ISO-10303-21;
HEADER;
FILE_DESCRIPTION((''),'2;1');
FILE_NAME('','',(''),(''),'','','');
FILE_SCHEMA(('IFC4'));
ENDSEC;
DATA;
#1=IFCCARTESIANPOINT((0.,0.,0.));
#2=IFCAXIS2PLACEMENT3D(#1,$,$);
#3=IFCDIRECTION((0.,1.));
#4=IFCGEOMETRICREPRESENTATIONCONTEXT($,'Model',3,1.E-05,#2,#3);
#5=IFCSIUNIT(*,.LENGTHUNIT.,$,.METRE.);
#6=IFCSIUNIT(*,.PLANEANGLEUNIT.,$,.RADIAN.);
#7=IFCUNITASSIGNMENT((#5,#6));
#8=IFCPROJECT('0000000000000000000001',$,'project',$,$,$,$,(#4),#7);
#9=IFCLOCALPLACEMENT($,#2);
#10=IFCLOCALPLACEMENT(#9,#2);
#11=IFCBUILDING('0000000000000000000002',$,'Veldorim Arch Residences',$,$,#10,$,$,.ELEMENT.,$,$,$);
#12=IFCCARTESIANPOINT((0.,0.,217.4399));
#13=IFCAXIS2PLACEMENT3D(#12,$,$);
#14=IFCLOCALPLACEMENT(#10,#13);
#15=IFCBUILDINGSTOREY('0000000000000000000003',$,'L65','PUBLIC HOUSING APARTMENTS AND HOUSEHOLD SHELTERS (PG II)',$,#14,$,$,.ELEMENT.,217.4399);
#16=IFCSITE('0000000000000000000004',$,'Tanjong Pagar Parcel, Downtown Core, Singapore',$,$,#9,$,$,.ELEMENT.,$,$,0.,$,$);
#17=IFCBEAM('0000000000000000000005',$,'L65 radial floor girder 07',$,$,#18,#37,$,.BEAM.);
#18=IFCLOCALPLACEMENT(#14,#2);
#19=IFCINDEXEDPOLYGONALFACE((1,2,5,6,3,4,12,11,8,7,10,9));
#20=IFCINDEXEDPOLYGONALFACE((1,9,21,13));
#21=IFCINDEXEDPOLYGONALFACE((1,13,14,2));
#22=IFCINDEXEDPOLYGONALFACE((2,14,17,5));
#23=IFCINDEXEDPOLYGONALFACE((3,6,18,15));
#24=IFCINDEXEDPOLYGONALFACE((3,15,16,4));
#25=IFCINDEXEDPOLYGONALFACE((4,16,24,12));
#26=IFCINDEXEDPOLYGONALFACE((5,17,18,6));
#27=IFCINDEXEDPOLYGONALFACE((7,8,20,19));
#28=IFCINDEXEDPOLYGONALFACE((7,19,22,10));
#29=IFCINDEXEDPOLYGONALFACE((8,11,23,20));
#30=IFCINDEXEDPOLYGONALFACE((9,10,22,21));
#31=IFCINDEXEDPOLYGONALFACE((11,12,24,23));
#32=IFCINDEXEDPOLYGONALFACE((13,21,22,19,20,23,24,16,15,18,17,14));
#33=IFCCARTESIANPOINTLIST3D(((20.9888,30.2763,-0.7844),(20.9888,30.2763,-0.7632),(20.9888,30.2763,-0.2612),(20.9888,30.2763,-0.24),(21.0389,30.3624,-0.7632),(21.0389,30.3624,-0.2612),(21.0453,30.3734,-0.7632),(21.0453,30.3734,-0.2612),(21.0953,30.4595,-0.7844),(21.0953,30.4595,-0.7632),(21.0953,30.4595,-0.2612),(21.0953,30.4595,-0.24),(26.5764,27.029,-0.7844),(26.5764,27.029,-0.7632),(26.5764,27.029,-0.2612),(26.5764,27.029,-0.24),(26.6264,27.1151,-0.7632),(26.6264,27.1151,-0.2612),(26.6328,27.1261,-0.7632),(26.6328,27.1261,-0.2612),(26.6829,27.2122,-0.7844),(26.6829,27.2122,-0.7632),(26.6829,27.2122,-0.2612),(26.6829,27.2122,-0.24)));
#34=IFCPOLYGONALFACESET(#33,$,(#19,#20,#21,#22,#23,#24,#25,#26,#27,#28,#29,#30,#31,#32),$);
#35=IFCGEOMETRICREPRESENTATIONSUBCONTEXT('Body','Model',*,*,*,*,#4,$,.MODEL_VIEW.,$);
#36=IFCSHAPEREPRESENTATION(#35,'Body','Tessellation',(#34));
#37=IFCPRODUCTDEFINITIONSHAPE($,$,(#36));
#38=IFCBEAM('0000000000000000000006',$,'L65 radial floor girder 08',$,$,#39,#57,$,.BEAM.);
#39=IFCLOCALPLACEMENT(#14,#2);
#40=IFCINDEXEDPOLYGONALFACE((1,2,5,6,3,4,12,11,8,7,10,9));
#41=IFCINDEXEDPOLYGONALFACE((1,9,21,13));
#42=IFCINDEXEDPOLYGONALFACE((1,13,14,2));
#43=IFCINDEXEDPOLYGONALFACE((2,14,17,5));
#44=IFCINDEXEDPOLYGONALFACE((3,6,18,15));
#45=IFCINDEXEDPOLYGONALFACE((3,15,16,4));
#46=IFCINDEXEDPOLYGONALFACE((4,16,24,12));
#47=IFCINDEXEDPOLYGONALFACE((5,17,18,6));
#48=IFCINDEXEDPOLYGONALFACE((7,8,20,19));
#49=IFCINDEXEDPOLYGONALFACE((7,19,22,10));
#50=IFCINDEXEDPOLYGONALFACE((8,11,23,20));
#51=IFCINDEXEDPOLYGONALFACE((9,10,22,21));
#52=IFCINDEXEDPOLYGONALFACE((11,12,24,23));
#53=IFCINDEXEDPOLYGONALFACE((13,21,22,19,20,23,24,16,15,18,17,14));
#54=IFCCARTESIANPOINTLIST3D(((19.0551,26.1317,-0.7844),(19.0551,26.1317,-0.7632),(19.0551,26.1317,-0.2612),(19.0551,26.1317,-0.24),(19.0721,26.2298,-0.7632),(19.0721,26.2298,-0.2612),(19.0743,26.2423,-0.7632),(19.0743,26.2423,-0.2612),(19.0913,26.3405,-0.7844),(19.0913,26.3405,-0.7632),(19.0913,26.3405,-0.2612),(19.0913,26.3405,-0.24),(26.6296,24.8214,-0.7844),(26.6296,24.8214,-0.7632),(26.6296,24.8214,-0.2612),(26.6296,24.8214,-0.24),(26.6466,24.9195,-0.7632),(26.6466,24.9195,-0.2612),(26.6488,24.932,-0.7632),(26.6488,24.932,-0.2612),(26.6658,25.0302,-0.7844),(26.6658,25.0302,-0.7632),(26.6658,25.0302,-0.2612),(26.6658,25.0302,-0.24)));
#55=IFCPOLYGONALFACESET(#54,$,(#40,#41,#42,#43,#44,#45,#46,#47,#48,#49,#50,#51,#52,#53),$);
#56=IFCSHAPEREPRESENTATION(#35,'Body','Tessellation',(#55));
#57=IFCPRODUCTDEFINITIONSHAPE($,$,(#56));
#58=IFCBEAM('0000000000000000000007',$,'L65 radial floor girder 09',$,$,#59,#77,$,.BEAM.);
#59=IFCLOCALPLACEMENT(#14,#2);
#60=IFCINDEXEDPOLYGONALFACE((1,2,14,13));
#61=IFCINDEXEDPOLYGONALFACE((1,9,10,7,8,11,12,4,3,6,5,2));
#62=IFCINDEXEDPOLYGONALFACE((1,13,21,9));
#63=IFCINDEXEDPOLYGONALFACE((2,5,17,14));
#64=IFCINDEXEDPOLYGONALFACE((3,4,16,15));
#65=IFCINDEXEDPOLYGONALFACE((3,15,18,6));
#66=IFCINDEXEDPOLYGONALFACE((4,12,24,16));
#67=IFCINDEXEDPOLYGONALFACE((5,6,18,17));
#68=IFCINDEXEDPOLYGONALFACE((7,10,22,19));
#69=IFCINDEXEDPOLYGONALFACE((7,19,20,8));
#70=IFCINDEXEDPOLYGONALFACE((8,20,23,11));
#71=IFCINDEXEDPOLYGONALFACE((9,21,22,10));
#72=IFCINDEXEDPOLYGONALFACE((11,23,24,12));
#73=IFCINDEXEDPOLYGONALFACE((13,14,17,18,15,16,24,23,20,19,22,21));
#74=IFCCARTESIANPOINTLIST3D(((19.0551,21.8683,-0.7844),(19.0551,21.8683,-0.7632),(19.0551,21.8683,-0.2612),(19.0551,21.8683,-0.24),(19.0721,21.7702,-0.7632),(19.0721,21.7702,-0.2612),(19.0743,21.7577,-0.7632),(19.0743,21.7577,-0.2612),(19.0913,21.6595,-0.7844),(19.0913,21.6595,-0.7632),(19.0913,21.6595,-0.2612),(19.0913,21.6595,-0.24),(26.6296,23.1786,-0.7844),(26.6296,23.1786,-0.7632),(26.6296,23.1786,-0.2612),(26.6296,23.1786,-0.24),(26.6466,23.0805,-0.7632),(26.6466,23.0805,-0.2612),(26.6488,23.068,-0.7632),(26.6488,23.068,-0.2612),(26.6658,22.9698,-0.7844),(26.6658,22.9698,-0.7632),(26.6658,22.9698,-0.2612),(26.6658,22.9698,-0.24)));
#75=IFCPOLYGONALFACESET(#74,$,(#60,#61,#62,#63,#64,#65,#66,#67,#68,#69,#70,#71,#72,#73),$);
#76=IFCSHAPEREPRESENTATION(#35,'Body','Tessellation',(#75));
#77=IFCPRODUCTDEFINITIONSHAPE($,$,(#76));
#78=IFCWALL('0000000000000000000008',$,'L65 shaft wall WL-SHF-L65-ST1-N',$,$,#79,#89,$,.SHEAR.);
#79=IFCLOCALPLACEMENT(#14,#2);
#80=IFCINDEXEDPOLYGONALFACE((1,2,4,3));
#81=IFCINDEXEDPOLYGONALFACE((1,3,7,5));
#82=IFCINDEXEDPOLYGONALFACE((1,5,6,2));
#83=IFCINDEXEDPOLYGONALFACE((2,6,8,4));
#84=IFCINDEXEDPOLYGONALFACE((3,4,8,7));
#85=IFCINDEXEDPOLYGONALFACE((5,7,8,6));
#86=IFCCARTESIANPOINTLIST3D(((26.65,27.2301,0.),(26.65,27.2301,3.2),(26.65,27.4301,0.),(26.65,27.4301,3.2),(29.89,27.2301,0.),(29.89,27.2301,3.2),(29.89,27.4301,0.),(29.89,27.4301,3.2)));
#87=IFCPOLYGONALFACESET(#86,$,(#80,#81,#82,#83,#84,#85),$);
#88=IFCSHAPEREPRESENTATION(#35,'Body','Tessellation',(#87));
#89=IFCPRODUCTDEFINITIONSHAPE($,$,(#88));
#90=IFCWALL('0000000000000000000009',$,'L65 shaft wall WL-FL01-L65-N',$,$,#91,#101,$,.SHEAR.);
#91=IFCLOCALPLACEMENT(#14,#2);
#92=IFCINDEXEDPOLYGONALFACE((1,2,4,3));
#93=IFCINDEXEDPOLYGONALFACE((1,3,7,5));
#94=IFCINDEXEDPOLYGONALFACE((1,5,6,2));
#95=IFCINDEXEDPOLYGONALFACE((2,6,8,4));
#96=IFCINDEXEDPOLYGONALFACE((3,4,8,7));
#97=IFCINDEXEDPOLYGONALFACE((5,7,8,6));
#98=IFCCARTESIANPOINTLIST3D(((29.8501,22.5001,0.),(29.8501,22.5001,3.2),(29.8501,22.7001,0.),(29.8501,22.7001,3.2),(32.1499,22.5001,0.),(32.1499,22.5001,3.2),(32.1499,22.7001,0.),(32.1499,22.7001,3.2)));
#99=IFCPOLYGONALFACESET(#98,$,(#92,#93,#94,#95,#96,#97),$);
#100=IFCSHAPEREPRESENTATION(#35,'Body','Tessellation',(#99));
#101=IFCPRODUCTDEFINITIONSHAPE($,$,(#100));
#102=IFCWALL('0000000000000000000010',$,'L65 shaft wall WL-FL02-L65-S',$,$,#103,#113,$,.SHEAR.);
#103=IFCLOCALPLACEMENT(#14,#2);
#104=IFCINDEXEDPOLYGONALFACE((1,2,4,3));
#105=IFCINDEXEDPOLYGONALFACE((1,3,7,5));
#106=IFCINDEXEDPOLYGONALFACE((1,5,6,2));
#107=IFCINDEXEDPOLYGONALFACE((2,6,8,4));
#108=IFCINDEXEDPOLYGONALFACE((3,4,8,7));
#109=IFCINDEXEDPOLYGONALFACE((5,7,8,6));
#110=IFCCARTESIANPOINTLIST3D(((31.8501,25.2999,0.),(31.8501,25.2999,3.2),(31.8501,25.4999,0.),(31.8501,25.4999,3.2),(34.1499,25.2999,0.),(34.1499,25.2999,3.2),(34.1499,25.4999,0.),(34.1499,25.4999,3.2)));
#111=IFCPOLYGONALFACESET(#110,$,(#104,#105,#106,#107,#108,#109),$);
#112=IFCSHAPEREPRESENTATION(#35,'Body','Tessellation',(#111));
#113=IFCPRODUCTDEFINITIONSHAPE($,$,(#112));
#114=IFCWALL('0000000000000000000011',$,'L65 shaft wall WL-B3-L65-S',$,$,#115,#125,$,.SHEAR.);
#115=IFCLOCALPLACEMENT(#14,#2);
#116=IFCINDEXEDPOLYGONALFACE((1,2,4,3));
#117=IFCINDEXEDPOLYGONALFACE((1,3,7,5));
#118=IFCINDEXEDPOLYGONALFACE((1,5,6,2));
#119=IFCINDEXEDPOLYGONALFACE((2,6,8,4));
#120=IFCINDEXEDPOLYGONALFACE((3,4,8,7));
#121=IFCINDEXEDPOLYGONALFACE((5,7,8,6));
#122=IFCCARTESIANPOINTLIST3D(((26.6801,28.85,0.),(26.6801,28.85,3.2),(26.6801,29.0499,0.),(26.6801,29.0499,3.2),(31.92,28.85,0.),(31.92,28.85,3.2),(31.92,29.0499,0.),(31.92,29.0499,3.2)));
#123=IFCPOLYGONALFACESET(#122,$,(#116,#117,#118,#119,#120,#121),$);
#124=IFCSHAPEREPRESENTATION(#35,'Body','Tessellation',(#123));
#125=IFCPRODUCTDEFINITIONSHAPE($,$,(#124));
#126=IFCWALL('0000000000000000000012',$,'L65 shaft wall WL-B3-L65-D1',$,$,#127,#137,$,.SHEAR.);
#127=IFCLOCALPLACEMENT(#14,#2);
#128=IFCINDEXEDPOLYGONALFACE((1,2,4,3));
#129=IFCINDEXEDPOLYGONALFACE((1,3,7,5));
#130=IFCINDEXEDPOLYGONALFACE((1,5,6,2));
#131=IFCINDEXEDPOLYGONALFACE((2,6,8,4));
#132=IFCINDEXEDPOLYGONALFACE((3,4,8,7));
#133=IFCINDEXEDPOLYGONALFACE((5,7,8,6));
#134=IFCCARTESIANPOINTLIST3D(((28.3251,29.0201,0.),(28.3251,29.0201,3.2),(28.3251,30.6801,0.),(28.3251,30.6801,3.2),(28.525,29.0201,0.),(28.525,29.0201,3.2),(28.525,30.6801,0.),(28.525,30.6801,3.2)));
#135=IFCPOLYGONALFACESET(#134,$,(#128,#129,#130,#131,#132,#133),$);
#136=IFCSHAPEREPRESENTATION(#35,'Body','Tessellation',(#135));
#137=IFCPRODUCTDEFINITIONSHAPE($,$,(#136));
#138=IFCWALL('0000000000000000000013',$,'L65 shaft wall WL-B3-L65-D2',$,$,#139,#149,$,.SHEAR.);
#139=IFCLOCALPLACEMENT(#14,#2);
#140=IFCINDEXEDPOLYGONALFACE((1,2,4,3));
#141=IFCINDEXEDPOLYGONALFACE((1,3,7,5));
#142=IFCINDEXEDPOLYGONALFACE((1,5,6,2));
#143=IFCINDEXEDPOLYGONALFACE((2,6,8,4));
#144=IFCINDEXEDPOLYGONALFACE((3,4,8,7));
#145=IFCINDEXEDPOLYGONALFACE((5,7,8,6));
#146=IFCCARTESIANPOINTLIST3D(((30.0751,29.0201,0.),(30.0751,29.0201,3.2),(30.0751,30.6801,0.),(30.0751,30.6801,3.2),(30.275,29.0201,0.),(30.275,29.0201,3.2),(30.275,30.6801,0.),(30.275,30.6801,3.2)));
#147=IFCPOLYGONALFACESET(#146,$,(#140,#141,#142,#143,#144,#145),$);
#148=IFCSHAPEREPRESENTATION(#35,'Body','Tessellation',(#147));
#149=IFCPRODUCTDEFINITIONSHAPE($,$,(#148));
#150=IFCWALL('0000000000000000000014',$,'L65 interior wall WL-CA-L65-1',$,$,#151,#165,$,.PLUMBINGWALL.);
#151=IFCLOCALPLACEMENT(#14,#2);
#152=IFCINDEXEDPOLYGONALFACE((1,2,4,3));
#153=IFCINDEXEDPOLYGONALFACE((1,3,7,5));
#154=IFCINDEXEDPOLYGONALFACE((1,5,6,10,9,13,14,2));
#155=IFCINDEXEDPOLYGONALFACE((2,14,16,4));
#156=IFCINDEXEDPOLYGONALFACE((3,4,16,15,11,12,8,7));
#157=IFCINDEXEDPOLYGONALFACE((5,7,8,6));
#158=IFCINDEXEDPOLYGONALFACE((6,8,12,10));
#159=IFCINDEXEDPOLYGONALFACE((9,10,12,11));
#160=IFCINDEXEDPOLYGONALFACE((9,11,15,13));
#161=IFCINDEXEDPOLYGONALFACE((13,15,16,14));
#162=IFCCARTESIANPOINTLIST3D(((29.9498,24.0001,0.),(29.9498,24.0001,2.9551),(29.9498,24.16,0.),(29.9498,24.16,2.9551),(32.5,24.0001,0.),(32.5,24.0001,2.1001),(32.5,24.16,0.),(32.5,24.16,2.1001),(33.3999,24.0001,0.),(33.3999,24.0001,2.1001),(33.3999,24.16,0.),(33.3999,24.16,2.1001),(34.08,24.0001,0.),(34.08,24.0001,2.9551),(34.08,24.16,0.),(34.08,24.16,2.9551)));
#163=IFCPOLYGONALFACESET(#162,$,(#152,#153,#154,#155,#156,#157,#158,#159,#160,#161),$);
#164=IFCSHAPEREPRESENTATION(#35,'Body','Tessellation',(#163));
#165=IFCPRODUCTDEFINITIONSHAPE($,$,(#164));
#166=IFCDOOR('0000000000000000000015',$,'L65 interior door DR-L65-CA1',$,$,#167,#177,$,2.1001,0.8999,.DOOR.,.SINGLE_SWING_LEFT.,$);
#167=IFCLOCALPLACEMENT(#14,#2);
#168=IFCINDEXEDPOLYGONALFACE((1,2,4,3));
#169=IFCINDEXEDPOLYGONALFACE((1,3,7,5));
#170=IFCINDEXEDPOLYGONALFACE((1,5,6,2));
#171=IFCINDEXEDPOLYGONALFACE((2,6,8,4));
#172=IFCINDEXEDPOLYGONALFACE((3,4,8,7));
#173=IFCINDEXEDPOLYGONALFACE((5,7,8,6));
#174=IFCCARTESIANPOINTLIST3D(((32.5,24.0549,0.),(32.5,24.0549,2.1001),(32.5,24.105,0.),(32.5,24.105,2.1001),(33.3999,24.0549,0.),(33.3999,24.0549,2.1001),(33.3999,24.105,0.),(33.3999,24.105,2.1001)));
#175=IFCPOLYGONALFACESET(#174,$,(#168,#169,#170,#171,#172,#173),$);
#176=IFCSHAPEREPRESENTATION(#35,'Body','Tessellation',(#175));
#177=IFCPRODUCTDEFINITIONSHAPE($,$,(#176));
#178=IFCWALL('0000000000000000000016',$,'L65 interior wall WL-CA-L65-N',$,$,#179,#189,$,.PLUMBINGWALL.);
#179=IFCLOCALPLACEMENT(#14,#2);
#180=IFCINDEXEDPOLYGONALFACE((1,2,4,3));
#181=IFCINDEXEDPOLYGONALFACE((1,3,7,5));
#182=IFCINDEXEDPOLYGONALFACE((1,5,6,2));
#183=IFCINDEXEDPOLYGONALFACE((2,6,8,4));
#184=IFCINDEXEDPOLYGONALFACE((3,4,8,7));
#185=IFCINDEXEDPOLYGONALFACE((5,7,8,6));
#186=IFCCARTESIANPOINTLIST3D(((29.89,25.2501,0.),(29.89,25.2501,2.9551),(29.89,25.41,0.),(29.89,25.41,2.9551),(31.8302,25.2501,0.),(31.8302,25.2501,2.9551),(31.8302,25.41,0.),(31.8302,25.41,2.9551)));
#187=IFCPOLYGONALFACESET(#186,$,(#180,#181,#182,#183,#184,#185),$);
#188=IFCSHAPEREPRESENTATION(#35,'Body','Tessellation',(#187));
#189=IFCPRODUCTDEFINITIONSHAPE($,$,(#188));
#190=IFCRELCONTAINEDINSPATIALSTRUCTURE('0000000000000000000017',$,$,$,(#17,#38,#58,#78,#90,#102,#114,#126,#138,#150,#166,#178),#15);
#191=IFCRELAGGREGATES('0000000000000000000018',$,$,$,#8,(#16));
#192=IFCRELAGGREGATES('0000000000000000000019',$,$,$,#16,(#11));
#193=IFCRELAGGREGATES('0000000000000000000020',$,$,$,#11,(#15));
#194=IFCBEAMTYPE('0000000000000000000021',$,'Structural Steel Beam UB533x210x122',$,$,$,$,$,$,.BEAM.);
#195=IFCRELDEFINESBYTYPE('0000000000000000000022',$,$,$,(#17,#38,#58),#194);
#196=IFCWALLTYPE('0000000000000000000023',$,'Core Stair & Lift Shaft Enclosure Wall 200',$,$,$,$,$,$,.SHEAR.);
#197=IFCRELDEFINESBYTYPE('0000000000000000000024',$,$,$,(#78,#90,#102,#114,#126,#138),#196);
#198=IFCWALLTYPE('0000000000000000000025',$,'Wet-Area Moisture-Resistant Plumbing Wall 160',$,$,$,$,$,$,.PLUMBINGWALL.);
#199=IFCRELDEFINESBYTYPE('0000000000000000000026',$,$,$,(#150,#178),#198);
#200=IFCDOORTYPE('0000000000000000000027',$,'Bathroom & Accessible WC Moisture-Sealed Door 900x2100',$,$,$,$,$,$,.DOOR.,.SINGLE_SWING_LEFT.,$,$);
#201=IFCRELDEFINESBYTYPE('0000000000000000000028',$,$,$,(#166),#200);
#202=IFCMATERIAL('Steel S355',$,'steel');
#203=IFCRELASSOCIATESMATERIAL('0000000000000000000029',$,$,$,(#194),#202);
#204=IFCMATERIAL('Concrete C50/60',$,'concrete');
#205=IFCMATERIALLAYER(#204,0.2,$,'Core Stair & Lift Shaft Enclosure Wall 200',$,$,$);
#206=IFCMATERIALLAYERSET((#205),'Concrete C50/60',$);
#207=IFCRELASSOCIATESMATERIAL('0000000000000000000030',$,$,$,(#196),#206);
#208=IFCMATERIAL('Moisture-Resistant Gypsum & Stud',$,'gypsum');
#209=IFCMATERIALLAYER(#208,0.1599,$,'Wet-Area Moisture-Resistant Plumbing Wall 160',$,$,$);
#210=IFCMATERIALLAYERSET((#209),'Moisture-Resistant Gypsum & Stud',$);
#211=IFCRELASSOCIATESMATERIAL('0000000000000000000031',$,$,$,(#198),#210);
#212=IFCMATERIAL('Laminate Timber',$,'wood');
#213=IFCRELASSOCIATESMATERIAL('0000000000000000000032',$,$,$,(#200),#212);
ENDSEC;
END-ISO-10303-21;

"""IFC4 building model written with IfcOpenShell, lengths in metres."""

from ifc_helpers import new_model, si_unit, direction, frame, frame_2d, origin, origin_2d, place, context, subcontext, project, spatial, rectangle, i_section, extrude, material, layer, layer_set, material_profile, profile_set, type_object, element, fill, save


model = new_model("IFC4")

# Units and contexts
model_context = context("Model", 3, precision=1e-05, world=origin(), true_north=direction((0.0, 1.0)))
body_context = subcontext(model_context, "Body", "Model", "MODEL_VIEW")
ifc_project = project(units=[si_unit("LENGTHUNIT", "METRE"), si_unit("PLANEANGLEUNIT", "RADIAN")], contexts=[model_context])

# Site, building, storey
site_placement = place(None, origin())
site = spatial("IfcSite", under=ifc_project, at=site_placement, Name="Tanjong Pagar Parcel, Downtown Core, Singapore", CompositionType="ELEMENT", RefElevation=0.0)
building_placement = place(site_placement, origin())
building = spatial("IfcBuilding", under=site, at=building_placement, Name="Veldorim Arch Residences", CompositionType="ELEMENT")
storey_placement = place(building_placement, frame((0.0, 0.0, 217.4399)))
storey = spatial("IfcBuildingStorey", under=building, at=storey_placement, Name="L65", Description="PUBLIC HOUSING APARTMENTS AND HOUSEHOLD SHELTERS (PG II)", CompositionType="ELEMENT", Elevation=217.4399)

# Beams
ifc_material_1 = material(Name="Steel S355", Category="steel")
ifc_material_profile = material_profile(ifc_material_1, i_section(OverallWidth=0.2119, OverallDepth=0.5444, WebThickness=0.0127, FlangeThickness=0.0212, at=origin_2d()), Name="UB533x210x122")
ifc_profile_set = profile_set([ifc_material_profile], Name="Steel S355")
beam_type = type_object("IfcBeamType", Name="Structural Steel Beam UB533x210x122", PredefinedType="BEAM", material=ifc_profile_set)
beam_placement = place(storey_placement, frame((26.6296, 27.1206, -0.5122), z_axis=(-0.864596, 0.502468, 0.0), x_axis=(-0.502468, -0.864596, 0.0)))
element("IfcBeam", 1, at=beam_placement, inside=storey, type_object=beam_type, Name="L65 radial floor girder 07", PredefinedType="BEAM", context=body_context, shape_type="SweptSolid", body=[
    extrude(i_section(OverallWidth=0.2119, OverallDepth=0.5444, WebThickness=0.0127, FlangeThickness=0.0212, at=origin_2d()), origin(), (0.0, 0.0, 1.0), 6.4626),
])
for number, where, z_axis, x_axis, name in (
    (2, (26.6477, 24.9258, -0.5122), (-0.985365, 0.170458, 0.0), (-0.170458, -0.985365, 0.0), "L65 radial floor girder 08"),
    (3, (26.6477, 23.0742, -0.5122), (-0.985365, -0.170458, 0.0), (0.170458, -0.985365, 0.0), "L65 radial floor girder 09"),
):
    element("IfcBeam", number, at=place(storey_placement, frame(where, z_axis=z_axis, x_axis=x_axis)), inside=storey, type_object=beam_type, Name=name, PredefinedType="BEAM", context=body_context, shape_type="SweptSolid", body=[
        extrude(i_section(OverallWidth=0.2119, OverallDepth=0.5444, WebThickness=0.0127, FlangeThickness=0.0212, at=origin_2d()), origin(), (0.0, 0.0, 1.0), 7.687),
    ])

# Walls
ifc_material_2 = material(Name="Concrete C50/60", Category="concrete")
ifc_layer_1 = layer(ifc_material_2, 0.2, Name="Core Stair & Lift Shaft Enclosure Wall 200")
ifc_layer_set_1 = layer_set([ifc_layer_1], Name="Concrete C50/60")
wall_type_1 = type_object("IfcWallType", Name="Core Stair & Lift Shaft Enclosure Wall 200", PredefinedType="SHEAR", material=ifc_layer_set_1)
wall_1_placement = place(storey_placement, frame((26.6499, 27.3301, 0.0), z_axis=(0.0, 0.0, 1.0), x_axis=(1.0, 0.0, 0.0)))
element("IfcWall", 4, at=wall_1_placement, inside=storey, type_object=wall_type_1, Name="L65 shaft wall WL-SHF-L65-ST1-N", PredefinedType="SHEAR", context=body_context, shape_type="SweptSolid", body=[
    extrude(rectangle(XDim=3.24, YDim=0.2, at=frame_2d((1.6201, 0.0))), origin(), (0.0, 0.0, 1.0), 3.2),
])
wall_2_placement = place(storey_placement, frame((29.8501, 22.6001, 0.0), z_axis=(0.0, 0.0, 1.0), x_axis=(1.0, 0.0, 0.0)))
element("IfcWall", 5, at=wall_2_placement, inside=storey, type_object=wall_type_1, Name="L65 shaft wall WL-FL01-L65-N", PredefinedType="SHEAR", context=body_context, shape_type="SweptSolid", body=[
    extrude(rectangle(XDim=2.2998, YDim=0.2, at=frame_2d((1.1499, 0.0))), origin(), (0.0, 0.0, 1.0), 3.2),
])

# Walls
wall_3_placement = place(storey_placement, frame((31.8501, 25.3999, 0.0), z_axis=(0.0, 0.0, 1.0), x_axis=(1.0, 0.0, 0.0)))
element("IfcWall", 6, at=wall_3_placement, inside=storey, type_object=wall_type_1, Name="L65 shaft wall WL-FL02-L65-S", PredefinedType="SHEAR", context=body_context, shape_type="SweptSolid", body=[
    extrude(rectangle(XDim=2.2998, YDim=0.2, at=frame_2d((1.1499, 0.0))), origin(), (0.0, 0.0, 1.0), 3.2),
])
wall_4_placement = place(storey_placement, frame((26.6799, 28.95, 0.0), z_axis=(0.0, 0.0, 1.0), x_axis=(1.0, 0.0, 0.0)))
element("IfcWall", 7, at=wall_4_placement, inside=storey, type_object=wall_type_1, Name="L65 shaft wall WL-B3-L65-S", PredefinedType="SHEAR", context=body_context, shape_type="SweptSolid", body=[
    extrude(rectangle(XDim=5.24, YDim=0.2, at=frame_2d((2.6201, 0.0))), origin(), (0.0, 0.0, 1.0), 3.2),
])
for number, where, z_axis, x_axis, name in (
    (8, (28.425, 29.02, 0.0), (0.0, 0.0, 1.0), (0.0, 1.0, 0.0), "L65 shaft wall WL-B3-L65-D1"),
    (9, (30.175, 29.02, 0.0), (0.0, 0.0, 1.0), (0.0, 1.0, 0.0), "L65 shaft wall WL-B3-L65-D2"),
):
    element("IfcWall", number, at=place(storey_placement, frame(where, z_axis=z_axis, x_axis=x_axis)), inside=storey, type_object=wall_type_1, Name=name, PredefinedType="SHEAR", context=body_context, shape_type="SweptSolid", body=[
        extrude(rectangle(XDim=1.6599, YDim=0.2, at=frame_2d((0.8301, 0.0))), origin(), (0.0, 0.0, 1.0), 3.2),
    ])

# Wall, opening, door
ifc_material_3 = material(Name="Moisture-Resistant Gypsum & Stud", Category="gypsum")
ifc_layer_2 = layer(ifc_material_3, 0.1599, Name="Wet-Area Moisture-Resistant Plumbing Wall 160")
ifc_layer_set_2 = layer_set([ifc_layer_2], Name="Moisture-Resistant Gypsum & Stud")
wall_type_2 = type_object("IfcWallType", Name="Wet-Area Moisture-Resistant Plumbing Wall 160", PredefinedType="PLUMBINGWALL", material=ifc_layer_set_2)
wall_5_placement = place(storey_placement, frame((29.95, 24.0801, 0.0), z_axis=(0.0, 0.0, 1.0), x_axis=(1.0, 0.0, 0.0)))
wall_5 = element("IfcWall", 10, at=wall_5_placement, inside=storey, type_object=wall_type_2, Name="L65 interior wall WL-CA-L65-1", PredefinedType="PLUMBINGWALL", context=body_context, shape_type="SweptSolid", body=[
    extrude(rectangle(XDim=4.1301, YDim=0.1599, at=frame_2d((2.0649, 0.0))), origin(), (0.0, 0.0, 1.0), 2.9551),
])
opening_1_placement = place(wall_5_placement, frame((2.55, 0.0, 0.0)))
opening_1 = element("IfcOpeningElement", 11, at=opening_1_placement, cuts=wall_5, PredefinedType="OPENING", context=body_context, shape_type="SweptSolid", body=[
    extrude(rectangle(XDim=0.8999, YDim=2.1001, at=frame_2d((0.45, 1.05))), frame((0.0, 0.0898, 0.0), z_axis=(0.0, -1.0, 0.0), x_axis=(1.0, 0.0, 0.0)), (0.0, 0.0, 1.0), 0.1799),
])
ifc_material_4 = material(Name="Laminate Timber", Category="wood")
door_type_1 = type_object("IfcDoorType", Name="Bathroom & Accessible WC Moisture-Sealed Door 900x2100", OperationType="SINGLE_SWING_LEFT", PredefinedType="DOOR", material=ifc_material_4)
door_1_placement = place(opening_1_placement, origin())
door_1 = element("IfcDoor", 12, at=door_1_placement, inside=storey, type_object=door_type_1, Name="L65 interior door DR-L65-CA1", OperationType="SINGLE_SWING_LEFT", OverallHeight=2.1001, OverallWidth=0.8999, PredefinedType="DOOR", context=body_context, shape_type="SweptSolid", body=[
    extrude(rectangle(XDim=0.8999, YDim=2.1001, at=frame_2d((0.45, 1.05))), frame((0.0, 0.0249, 0.0), z_axis=(0.0, -1.0, 0.0), x_axis=(1.0, 0.0, 0.0)), (0.0, 0.0, 1.0), 0.05),
])
fill(opening_1, door_1)

# Wall
wall_6_placement = place(storey_placement, frame((29.8899, 25.3301, 0.0), z_axis=(0.0, 0.0, 1.0), x_axis=(1.0, 0.0, 0.0)))
element("IfcWall", 13, at=wall_6_placement, inside=storey, type_object=wall_type_2, Name="L65 interior wall WL-CA-L65-N", PredefinedType="PLUMBINGWALL", context=body_context, shape_type="SweptSolid", body=[
    extrude(rectangle(XDim=1.9402, YDim=0.1599, at=frame_2d((0.9702, 0.0))), origin(), (0.0, 0.0, 1.0), 2.9551),
])

save(model, "model.ifc")
